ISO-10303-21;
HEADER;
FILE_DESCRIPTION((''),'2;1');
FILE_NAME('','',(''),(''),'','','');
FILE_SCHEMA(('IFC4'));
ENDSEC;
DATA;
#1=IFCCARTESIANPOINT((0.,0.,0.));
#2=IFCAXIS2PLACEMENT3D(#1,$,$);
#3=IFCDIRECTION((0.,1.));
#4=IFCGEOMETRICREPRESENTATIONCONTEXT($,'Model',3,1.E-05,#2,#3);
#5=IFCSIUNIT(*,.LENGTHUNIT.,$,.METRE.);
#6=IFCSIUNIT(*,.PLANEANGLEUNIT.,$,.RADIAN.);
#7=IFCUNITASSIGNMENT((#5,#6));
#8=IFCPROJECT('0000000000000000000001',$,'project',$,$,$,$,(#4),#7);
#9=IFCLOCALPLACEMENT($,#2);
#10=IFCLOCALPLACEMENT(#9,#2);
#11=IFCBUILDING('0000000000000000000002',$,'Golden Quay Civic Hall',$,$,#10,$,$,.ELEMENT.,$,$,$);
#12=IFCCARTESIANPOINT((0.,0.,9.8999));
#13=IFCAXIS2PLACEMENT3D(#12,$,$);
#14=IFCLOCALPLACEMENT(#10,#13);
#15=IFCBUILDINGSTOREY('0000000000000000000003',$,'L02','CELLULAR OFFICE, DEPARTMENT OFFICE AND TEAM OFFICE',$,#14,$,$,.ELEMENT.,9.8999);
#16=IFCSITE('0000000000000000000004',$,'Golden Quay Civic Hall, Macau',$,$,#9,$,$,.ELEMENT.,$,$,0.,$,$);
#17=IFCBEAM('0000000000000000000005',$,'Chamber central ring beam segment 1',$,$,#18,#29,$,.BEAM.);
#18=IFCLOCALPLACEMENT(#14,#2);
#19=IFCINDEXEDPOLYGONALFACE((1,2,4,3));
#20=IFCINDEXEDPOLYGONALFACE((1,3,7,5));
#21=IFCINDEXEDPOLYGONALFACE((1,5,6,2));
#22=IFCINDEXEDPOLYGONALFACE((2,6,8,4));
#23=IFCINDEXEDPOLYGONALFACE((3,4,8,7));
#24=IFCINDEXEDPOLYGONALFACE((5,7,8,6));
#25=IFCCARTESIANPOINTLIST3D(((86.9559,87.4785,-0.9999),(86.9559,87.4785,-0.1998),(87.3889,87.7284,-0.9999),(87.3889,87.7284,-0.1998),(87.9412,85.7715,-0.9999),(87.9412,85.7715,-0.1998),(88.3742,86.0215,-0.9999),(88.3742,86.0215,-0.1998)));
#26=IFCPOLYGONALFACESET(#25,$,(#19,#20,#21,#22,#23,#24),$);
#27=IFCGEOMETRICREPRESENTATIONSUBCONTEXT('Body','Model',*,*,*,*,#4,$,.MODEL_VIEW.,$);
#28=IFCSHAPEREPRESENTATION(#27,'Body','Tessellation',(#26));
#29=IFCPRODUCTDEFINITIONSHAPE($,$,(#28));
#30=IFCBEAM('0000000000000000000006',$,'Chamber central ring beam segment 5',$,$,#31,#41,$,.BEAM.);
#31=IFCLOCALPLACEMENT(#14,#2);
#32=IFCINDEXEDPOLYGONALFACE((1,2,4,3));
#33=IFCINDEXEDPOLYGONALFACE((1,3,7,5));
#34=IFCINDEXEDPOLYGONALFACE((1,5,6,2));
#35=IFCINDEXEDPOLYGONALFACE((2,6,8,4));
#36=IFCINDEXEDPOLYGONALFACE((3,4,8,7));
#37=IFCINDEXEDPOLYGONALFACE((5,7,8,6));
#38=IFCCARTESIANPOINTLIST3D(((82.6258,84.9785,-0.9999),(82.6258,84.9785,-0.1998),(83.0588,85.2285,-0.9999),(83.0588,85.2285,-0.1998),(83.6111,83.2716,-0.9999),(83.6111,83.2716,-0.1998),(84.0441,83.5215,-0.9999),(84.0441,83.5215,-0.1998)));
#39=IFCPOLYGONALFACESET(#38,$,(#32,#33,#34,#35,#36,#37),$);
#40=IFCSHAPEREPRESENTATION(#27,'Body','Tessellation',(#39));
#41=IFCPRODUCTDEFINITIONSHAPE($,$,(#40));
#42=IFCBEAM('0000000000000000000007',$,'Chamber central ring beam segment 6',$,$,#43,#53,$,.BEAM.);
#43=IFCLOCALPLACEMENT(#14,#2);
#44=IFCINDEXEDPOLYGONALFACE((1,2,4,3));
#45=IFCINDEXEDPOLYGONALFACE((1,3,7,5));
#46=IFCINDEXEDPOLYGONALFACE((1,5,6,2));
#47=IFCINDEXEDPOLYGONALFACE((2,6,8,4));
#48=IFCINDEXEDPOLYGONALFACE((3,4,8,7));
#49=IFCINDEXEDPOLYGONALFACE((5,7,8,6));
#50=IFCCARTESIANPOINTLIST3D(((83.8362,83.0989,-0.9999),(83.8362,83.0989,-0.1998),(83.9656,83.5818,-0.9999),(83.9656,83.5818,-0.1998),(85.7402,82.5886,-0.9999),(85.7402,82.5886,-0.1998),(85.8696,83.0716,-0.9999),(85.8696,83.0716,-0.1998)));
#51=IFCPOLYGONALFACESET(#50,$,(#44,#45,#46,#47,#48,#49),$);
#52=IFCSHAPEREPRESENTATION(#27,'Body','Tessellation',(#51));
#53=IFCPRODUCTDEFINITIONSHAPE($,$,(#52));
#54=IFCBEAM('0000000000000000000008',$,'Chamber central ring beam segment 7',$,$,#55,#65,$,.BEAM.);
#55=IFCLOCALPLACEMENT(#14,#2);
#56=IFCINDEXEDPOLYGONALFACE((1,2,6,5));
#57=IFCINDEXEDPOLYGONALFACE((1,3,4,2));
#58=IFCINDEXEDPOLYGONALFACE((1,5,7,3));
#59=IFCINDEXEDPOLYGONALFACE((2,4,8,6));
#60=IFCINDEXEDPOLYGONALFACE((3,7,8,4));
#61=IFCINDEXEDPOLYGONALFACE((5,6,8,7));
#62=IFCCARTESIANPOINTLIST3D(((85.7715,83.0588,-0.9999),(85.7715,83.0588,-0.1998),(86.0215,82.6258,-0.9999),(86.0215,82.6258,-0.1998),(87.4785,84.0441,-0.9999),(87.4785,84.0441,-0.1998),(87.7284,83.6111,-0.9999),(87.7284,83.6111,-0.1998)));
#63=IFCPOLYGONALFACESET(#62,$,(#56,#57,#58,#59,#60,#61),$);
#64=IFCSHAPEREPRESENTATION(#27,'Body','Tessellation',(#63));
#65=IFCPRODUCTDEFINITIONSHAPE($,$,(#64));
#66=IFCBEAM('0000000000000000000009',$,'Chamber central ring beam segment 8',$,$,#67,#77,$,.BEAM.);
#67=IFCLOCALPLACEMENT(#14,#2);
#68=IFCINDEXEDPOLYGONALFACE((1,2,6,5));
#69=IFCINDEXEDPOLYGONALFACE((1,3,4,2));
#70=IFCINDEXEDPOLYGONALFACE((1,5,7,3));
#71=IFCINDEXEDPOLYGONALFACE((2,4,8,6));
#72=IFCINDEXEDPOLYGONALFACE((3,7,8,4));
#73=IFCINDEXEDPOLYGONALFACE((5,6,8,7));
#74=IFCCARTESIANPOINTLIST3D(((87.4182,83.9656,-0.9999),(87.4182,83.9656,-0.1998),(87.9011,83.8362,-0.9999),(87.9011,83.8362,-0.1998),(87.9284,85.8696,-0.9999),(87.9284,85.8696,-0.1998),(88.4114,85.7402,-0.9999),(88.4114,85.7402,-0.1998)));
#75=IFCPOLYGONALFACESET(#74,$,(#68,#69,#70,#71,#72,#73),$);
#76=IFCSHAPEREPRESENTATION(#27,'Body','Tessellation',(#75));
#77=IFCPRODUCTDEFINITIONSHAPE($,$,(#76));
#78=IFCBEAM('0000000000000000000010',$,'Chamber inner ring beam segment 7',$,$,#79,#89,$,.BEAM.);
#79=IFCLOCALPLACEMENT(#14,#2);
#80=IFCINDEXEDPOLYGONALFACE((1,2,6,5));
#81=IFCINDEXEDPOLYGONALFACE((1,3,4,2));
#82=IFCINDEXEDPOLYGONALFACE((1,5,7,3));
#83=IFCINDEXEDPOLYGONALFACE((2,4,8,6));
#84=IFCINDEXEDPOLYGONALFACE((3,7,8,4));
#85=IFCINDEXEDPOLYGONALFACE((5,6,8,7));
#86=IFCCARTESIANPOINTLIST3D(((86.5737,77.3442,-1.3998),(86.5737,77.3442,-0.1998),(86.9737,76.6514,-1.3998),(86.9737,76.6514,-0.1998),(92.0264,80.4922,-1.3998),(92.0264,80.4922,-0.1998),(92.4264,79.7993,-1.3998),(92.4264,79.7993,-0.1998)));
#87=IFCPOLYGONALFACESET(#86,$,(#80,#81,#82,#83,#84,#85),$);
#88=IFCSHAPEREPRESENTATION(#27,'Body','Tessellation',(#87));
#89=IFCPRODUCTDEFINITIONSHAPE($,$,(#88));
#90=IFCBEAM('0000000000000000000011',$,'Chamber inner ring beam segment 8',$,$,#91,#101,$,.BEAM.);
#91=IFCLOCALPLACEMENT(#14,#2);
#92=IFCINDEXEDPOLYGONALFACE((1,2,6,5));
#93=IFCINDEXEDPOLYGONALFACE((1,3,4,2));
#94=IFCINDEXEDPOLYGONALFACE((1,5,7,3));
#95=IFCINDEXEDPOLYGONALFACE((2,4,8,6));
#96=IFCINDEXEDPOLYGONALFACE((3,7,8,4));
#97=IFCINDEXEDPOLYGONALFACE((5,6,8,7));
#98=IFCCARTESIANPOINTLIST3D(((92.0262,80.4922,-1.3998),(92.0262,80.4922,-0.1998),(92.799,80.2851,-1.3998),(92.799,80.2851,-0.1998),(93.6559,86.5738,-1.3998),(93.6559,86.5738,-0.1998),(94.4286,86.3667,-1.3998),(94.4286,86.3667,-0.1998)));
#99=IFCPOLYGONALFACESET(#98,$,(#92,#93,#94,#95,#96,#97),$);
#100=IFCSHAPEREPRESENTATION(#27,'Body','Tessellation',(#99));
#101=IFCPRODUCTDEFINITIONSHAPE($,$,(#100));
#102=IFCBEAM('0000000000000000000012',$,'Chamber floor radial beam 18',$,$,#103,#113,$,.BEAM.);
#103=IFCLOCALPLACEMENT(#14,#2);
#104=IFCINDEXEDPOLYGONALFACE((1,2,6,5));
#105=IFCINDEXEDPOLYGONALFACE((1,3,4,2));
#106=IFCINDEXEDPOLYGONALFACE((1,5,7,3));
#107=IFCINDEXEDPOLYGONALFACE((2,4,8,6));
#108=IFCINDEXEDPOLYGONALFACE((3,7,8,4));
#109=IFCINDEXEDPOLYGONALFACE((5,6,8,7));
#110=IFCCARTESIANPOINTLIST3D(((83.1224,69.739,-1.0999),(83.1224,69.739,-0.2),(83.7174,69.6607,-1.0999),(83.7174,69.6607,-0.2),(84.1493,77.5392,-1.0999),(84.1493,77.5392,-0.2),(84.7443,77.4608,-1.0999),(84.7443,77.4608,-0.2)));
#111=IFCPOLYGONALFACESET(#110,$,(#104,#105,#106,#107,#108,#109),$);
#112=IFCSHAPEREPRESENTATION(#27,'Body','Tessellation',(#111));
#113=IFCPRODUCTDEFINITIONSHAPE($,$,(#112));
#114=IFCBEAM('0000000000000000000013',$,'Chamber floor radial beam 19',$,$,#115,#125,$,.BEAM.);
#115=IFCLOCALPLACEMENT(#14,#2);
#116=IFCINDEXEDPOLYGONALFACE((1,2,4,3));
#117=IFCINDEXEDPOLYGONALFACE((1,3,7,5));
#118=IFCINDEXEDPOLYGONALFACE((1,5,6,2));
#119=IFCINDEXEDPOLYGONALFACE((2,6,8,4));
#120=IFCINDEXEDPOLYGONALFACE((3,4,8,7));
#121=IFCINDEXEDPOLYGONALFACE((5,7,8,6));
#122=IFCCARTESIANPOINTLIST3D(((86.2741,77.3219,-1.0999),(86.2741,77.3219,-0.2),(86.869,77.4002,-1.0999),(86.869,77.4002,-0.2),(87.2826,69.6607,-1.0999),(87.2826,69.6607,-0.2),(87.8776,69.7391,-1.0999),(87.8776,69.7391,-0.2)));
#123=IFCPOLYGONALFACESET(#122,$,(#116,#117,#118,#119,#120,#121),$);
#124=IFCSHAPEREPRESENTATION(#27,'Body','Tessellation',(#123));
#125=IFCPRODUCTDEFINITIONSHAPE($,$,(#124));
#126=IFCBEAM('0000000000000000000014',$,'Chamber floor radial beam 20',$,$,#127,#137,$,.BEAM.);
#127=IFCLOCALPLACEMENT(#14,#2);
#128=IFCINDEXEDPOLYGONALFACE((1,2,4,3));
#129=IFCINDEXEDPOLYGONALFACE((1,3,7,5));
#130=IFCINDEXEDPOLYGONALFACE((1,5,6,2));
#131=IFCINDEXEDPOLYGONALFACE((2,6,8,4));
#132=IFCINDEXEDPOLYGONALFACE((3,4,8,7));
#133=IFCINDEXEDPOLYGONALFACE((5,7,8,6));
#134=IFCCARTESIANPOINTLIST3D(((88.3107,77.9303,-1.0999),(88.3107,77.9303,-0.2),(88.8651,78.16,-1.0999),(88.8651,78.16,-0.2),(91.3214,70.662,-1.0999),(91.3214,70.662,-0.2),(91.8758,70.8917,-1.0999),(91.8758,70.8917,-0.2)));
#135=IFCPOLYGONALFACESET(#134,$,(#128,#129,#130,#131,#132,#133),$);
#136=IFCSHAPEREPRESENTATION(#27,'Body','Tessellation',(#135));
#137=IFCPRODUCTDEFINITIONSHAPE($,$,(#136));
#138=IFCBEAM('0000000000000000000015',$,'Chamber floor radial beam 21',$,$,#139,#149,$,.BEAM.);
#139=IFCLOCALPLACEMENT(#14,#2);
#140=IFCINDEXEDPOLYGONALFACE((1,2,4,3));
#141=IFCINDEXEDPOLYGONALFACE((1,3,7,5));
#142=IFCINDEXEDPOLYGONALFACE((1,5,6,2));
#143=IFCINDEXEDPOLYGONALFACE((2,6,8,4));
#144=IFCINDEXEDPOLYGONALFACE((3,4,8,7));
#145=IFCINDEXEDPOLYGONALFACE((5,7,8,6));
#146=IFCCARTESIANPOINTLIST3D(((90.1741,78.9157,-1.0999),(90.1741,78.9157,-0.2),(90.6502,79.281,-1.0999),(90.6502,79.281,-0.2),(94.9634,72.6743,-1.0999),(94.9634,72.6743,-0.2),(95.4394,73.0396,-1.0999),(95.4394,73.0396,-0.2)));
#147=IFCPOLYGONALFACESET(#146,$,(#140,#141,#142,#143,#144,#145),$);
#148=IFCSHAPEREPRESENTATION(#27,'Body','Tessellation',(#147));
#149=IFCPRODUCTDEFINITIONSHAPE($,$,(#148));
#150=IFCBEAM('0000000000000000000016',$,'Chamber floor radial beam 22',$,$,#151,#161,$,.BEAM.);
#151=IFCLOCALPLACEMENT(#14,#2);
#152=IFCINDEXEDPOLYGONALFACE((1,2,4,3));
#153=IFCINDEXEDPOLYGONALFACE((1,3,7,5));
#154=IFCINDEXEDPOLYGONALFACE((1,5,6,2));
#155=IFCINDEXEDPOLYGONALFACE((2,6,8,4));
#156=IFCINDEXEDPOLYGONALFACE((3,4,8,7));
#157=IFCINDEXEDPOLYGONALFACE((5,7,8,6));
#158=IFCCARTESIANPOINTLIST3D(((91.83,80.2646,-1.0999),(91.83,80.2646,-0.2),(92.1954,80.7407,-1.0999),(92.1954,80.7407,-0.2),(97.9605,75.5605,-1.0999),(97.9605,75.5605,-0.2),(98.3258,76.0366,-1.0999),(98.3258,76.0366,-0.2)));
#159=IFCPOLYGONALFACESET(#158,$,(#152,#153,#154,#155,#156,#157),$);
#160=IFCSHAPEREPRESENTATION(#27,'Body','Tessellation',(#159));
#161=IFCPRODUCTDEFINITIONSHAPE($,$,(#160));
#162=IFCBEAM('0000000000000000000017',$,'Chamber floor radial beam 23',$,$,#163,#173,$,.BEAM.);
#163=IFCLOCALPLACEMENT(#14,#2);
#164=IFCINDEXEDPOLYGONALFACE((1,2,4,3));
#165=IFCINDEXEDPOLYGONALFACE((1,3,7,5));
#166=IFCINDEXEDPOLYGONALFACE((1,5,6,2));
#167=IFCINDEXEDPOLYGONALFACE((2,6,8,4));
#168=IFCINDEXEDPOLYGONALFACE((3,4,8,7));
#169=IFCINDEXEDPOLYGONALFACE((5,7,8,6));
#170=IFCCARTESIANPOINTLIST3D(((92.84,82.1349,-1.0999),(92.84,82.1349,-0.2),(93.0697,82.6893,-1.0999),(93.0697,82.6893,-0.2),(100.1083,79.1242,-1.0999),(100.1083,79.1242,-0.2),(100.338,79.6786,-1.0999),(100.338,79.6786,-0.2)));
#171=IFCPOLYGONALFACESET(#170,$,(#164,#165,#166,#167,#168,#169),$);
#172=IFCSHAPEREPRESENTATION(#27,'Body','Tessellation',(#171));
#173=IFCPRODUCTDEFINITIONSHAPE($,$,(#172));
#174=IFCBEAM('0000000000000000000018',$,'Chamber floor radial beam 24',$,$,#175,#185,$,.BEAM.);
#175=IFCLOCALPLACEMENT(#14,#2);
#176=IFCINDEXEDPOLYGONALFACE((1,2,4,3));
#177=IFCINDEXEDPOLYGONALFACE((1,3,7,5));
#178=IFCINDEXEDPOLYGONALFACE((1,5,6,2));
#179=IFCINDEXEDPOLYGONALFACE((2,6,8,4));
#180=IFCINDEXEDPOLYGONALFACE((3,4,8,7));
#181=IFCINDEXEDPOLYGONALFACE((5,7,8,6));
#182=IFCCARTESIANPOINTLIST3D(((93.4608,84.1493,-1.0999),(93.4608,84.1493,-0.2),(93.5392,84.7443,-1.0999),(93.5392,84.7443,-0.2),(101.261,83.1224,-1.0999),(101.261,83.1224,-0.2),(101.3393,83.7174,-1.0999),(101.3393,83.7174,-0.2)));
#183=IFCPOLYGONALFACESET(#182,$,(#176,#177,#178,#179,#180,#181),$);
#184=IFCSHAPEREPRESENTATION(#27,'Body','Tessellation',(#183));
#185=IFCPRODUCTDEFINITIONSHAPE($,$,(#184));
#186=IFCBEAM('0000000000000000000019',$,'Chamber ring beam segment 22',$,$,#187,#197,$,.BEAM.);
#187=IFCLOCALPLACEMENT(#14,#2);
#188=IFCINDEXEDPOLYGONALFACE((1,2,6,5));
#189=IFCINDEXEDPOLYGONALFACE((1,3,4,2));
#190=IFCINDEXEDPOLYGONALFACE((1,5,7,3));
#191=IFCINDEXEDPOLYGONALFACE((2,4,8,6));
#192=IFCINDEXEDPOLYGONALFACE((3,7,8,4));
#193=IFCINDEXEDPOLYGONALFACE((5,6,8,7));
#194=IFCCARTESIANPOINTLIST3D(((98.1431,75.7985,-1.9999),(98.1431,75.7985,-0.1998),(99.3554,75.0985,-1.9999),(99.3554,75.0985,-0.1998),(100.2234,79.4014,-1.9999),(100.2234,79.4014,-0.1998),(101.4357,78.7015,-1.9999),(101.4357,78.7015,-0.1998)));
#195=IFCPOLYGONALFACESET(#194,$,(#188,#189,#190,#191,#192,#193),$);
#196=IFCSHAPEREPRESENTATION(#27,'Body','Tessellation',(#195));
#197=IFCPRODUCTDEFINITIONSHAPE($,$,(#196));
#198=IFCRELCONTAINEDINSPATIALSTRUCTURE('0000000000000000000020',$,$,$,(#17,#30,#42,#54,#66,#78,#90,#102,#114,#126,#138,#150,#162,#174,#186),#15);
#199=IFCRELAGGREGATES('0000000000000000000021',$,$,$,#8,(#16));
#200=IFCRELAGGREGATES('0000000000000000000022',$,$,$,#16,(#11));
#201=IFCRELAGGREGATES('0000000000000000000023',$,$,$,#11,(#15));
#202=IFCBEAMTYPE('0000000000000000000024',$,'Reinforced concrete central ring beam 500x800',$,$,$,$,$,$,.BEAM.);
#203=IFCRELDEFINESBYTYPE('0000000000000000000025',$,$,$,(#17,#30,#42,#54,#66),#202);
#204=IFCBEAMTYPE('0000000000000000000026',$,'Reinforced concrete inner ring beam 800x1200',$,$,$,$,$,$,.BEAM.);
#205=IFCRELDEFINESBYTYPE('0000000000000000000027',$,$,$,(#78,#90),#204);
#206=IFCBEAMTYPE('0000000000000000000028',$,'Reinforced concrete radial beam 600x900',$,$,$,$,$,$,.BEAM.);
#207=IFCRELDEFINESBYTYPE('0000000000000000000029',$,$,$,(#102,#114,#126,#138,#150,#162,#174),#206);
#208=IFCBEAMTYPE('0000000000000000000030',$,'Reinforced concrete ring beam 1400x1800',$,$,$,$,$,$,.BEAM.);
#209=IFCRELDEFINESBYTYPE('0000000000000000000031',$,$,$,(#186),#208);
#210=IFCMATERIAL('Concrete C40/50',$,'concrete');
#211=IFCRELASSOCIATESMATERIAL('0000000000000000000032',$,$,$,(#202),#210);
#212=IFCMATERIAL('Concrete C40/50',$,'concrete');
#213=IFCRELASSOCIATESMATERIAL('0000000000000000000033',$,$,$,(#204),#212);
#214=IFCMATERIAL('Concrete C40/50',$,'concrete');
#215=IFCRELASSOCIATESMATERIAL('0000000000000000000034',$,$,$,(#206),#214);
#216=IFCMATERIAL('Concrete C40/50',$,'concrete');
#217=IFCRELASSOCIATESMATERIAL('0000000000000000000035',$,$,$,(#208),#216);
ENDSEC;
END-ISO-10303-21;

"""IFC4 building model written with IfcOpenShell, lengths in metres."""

from ifc_helpers import new_model, si_unit, direction, frame, origin, origin_2d, place, context, subcontext, project, spatial, rectangle, extrude, material, material_profile, profile_set, type_object, element, save


model = new_model("IFC4")

# Units and contexts
model_context = context("Model", 3, precision=1e-05, world=origin(), true_north=direction((0.0, 1.0)))
body_context = subcontext(model_context, "Body", "Model", "MODEL_VIEW")
ifc_project = project(units=[si_unit("LENGTHUNIT", "METRE"), si_unit("PLANEANGLEUNIT", "RADIAN")], contexts=[model_context])

# Site, building, storey
site_placement = place(None, origin())
site = spatial("IfcSite", under=ifc_project, at=site_placement, Name="Golden Quay Civic Hall, Macau", CompositionType="ELEMENT", RefElevation=0.0)
building_placement = place(site_placement, origin())
building = spatial("IfcBuilding", under=site, at=building_placement, Name="Golden Quay Civic Hall", CompositionType="ELEMENT")
storey_placement = place(building_placement, frame((0.0, 0.0, 9.8999)))
storey = spatial("IfcBuildingStorey", under=building, at=storey_placement, Name="L02", Description="CELLULAR OFFICE, DEPARTMENT OFFICE AND TEAM OFFICE", CompositionType="ELEMENT", Elevation=9.8999)

# Beams
ifc_material_1 = material(Name="Concrete C40/50", Category="concrete")
ifc_material_profile_1 = material_profile(ifc_material_1, rectangle(XDim=0.5, YDim=0.8, at=origin_2d()), Name="RC 500x800")
ifc_profile_set_1 = profile_set([ifc_material_profile_1], Name="Concrete C40/50")
beam_type_1 = type_object("IfcBeamType", Name="Reinforced concrete central ring beam 500x800", PredefinedType="BEAM", material=ifc_profile_set_1)
for number, where, z_axis, x_axis, name in (
    (1, (88.1577, 85.8965, -0.5999), (-0.499923, 0.86607, 0.0), (-0.86607, -0.499923, 0.0), "Chamber central ring beam segment 1"),
    (2, (82.8423, 85.1035, -0.5999), (0.499923, -0.86607, 0.0), (0.86607, 0.499923, 0.0), "Chamber central ring beam segment 5"),
):
    element("IfcBeam", number, at=place(storey_placement, frame(where, z_axis=z_axis, x_axis=x_axis)), inside=storey, type_object=beam_type_1, Name=name, PredefinedType="BEAM", context=body_context, shape_type="SweptSolid", body=[
        extrude(rectangle(XDim=0.5, YDim=0.8, at=origin_2d()), origin(), (0.0, 0.0, 1.0), 1.9709),
    ])
beam_1_placement = place(storey_placement, frame((83.9009, 83.3403, -0.5999), z_axis=(0.965918, -0.25885, 0.0), x_axis=(0.25885, 0.965918, 0.0)))
element("IfcBeam", 3, at=beam_1_placement, inside=storey, type_object=beam_type_1, Name="Chamber central ring beam segment 6", PredefinedType="BEAM", context=body_context, shape_type="SweptSolid", body=[
    extrude(rectangle(XDim=0.5, YDim=0.8, at=origin_2d()), origin(), (0.0, 0.0, 1.0), 1.9712),
])
beam_2_placement = place(storey_placement, frame((85.8965, 82.8423, -0.5999), z_axis=(0.86607, 0.499923, 0.0), x_axis=(-0.499923, 0.86607, 0.0)))
element("IfcBeam", 4, at=beam_2_placement, inside=storey, type_object=beam_type_1, Name="Chamber central ring beam segment 7", PredefinedType="BEAM", context=body_context, shape_type="SweptSolid", body=[
    extrude(rectangle(XDim=0.5, YDim=0.8, at=origin_2d()), origin(), (0.0, 0.0, 1.0), 1.9709),
])
beam_3_placement = place(storey_placement, frame((87.6597, 83.9009, -0.5999), z_axis=(0.25885, 0.965918, 0.0), x_axis=(-0.965918, 0.25885, 0.0)))
element("IfcBeam", 5, at=beam_3_placement, inside=storey, type_object=beam_type_1, Name="Chamber central ring beam segment 8", PredefinedType="BEAM", context=body_context, shape_type="SweptSolid", body=[
    extrude(rectangle(XDim=0.5, YDim=0.8, at=origin_2d()), origin(), (0.0, 0.0, 1.0), 1.9712),
])
ifc_material_2 = material(Name="Concrete C40/50", Category="concrete")
ifc_material_profile_2 = material_profile(ifc_material_2, rectangle(XDim=0.8, YDim=1.2, at=origin_2d()), Name="RC 800x1200")
ifc_profile_set_2 = profile_set([ifc_material_profile_2], Name="Concrete C40/50")
beam_type_2 = type_object("IfcBeamType", Name="Reinforced concrete inner ring beam 800x1200", PredefinedType="BEAM", material=ifc_profile_set_2)
for number, where, z_axis, x_axis, name in (
    (6, (86.7737, 76.9978, -0.7998), (0.866034, 0.499984, 0.0), (-0.499984, 0.866034, 0.0), "Chamber inner ring beam segment 7"),
    (7, (92.4126, 80.3887, -0.7998), (0.258833, 0.965922, 0.0), (-0.965922, 0.258833, 0.0), "Chamber inner ring beam segment 8"),
):
    element("IfcBeam", number, at=place(storey_placement, frame(where, z_axis=z_axis, x_axis=x_axis)), inside=storey, type_object=beam_type_2, Name=name, PredefinedType="BEAM", context=body_context, shape_type="SweptSolid", body=[
        extrude(rectangle(XDim=0.8, YDim=1.2, at=origin_2d()), origin(), (0.0, 0.0, 1.0), 6.2961),
    ])
ifc_material_3 = material(Name="Concrete C40/50", Category="concrete")
ifc_material_profile_3 = material_profile(ifc_material_3, rectangle(XDim=0.6001, YDim=0.8999, at=origin_2d()), Name="RC 600x900")
ifc_profile_set_3 = profile_set([ifc_material_profile_3], Name="Concrete C40/50")
beam_type_3 = type_object("IfcBeamType", Name="Reinforced concrete radial beam 600x900", PredefinedType="BEAM", material=ifc_profile_set_3)
beam_4_placement = place(storey_placement, frame((84.4468, 77.5, -0.6499), z_axis=(-0.130521, -0.991446, 0.0), x_axis=(0.991446, -0.130521, 0.0)))
element("IfcBeam", 8, at=beam_4_placement, inside=storey, type_object=beam_type_3, Name="Chamber floor radial beam 18", PredefinedType="BEAM", context=body_context, shape_type="SweptSolid", body=[
    extrude(rectangle(XDim=0.6001, YDim=0.8999, at=origin_2d()), origin(), (0.0, 0.0, 1.0), 7.8674),
])
beam_5_placement = place(storey_placement, frame((86.5715, 77.3611, -0.6499), z_axis=(0.130518, -0.991446, 0.0), x_axis=(0.991446, 0.130518, 0.0)))
element("IfcBeam", 9, at=beam_5_placement, inside=storey, type_object=beam_type_3, Name="Chamber floor radial beam 19", PredefinedType="BEAM", context=body_context, shape_type="SweptSolid", body=[
    extrude(rectangle(XDim=0.6001, YDim=0.8999, at=origin_2d()), origin(), (0.0, 0.0, 1.0), 7.7273),
])
for number, where, z_axis, x_axis, name in (
    (10, (88.5879, 78.0452, -0.6499), (0.382695, -0.923875, 0.0), (0.923875, 0.382695, 0.0), "Chamber floor radial beam 20"),
    (11, (90.4121, 79.0984, -0.6499), (0.608767, -0.793349, 0.0), (0.793349, 0.608767, 0.0), "Chamber floor radial beam 21"),
):
    element("IfcBeam", number, at=place(storey_placement, frame(where, z_axis=z_axis, x_axis=x_axis)), inside=storey, type_object=beam_type_3, Name=name, PredefinedType="BEAM", context=body_context, shape_type="SweptSolid", body=[
        extrude(rectangle(XDim=0.6001, YDim=0.8999, at=origin_2d()), origin(), (0.0, 0.0, 1.0), 7.8672),
    ])
beam_6_placement = place(storey_placement, frame((92.0127, 80.5027, -0.6499), z_axis=(0.793347, -0.60877, 0.0), x_axis=(0.60877, 0.793347, 0.0)))
element("IfcBeam", 12, at=beam_6_placement, inside=storey, type_object=beam_type_3, Name="Chamber floor radial beam 22", PredefinedType="BEAM", context=body_context, shape_type="SweptSolid", body=[
    extrude(rectangle(XDim=0.6001, YDim=0.8999, at=origin_2d()), origin(), (0.0, 0.0, 1.0), 7.7273),
])
beam_7_placement = place(storey_placement, frame((92.9548, 82.4121, -0.6499), z_axis=(0.923875, -0.382695, 0.0), x_axis=(0.382695, 0.923875, 0.0)))
element("IfcBeam", 13, at=beam_7_placement, inside=storey, type_object=beam_type_3, Name="Chamber floor radial beam 23", PredefinedType="BEAM", context=body_context, shape_type="SweptSolid", body=[
    extrude(rectangle(XDim=0.6001, YDim=0.8999, at=origin_2d()), origin(), (0.0, 0.0, 1.0), 7.8672),
])
beam_8_placement = place(storey_placement, frame((93.5, 84.4468, -0.6499), z_axis=(0.991446, -0.130521, 0.0), x_axis=(0.130521, 0.991446, 0.0)))
element("IfcBeam", 14, at=beam_8_placement, inside=storey, type_object=beam_type_3, Name="Chamber floor radial beam 24", PredefinedType="BEAM", context=body_context, shape_type="SweptSolid", body=[
    extrude(rectangle(XDim=0.6001, YDim=0.8999, at=origin_2d()), origin(), (0.0, 0.0, 1.0), 7.8674),
])
ifc_material_4 = material(Name="Concrete C40/50", Category="concrete")
ifc_material_profile_4 = material_profile(ifc_material_4, rectangle(XDim=1.3999, YDim=1.8, at=origin_2d()), Name="RC 1400x1800")
ifc_profile_set_4 = profile_set([ifc_material_profile_4], Name="Concrete C40/50")
beam_type_4 = type_object("IfcBeamType", Name="Reinforced concrete ring beam 1400x1800", PredefinedType="BEAM", material=ifc_profile_set_4)
beam_9_placement = place(storey_placement, frame((98.7493, 75.4485, -1.0999), z_axis=(0.50002, 0.866014, 0.0), x_axis=(-0.866014, 0.50002, 0.0)))
element("IfcBeam", 15, at=beam_9_placement, inside=storey, type_object=beam_type_4, Name="Chamber ring beam segment 22", PredefinedType="BEAM", context=body_context, shape_type="SweptSolid", body=[
    extrude(rectangle(XDim=1.3999, YDim=1.8, at=origin_2d()), origin(), (0.0, 0.0, 1.0), 4.1604),
])

save(model, "model.ifc")
